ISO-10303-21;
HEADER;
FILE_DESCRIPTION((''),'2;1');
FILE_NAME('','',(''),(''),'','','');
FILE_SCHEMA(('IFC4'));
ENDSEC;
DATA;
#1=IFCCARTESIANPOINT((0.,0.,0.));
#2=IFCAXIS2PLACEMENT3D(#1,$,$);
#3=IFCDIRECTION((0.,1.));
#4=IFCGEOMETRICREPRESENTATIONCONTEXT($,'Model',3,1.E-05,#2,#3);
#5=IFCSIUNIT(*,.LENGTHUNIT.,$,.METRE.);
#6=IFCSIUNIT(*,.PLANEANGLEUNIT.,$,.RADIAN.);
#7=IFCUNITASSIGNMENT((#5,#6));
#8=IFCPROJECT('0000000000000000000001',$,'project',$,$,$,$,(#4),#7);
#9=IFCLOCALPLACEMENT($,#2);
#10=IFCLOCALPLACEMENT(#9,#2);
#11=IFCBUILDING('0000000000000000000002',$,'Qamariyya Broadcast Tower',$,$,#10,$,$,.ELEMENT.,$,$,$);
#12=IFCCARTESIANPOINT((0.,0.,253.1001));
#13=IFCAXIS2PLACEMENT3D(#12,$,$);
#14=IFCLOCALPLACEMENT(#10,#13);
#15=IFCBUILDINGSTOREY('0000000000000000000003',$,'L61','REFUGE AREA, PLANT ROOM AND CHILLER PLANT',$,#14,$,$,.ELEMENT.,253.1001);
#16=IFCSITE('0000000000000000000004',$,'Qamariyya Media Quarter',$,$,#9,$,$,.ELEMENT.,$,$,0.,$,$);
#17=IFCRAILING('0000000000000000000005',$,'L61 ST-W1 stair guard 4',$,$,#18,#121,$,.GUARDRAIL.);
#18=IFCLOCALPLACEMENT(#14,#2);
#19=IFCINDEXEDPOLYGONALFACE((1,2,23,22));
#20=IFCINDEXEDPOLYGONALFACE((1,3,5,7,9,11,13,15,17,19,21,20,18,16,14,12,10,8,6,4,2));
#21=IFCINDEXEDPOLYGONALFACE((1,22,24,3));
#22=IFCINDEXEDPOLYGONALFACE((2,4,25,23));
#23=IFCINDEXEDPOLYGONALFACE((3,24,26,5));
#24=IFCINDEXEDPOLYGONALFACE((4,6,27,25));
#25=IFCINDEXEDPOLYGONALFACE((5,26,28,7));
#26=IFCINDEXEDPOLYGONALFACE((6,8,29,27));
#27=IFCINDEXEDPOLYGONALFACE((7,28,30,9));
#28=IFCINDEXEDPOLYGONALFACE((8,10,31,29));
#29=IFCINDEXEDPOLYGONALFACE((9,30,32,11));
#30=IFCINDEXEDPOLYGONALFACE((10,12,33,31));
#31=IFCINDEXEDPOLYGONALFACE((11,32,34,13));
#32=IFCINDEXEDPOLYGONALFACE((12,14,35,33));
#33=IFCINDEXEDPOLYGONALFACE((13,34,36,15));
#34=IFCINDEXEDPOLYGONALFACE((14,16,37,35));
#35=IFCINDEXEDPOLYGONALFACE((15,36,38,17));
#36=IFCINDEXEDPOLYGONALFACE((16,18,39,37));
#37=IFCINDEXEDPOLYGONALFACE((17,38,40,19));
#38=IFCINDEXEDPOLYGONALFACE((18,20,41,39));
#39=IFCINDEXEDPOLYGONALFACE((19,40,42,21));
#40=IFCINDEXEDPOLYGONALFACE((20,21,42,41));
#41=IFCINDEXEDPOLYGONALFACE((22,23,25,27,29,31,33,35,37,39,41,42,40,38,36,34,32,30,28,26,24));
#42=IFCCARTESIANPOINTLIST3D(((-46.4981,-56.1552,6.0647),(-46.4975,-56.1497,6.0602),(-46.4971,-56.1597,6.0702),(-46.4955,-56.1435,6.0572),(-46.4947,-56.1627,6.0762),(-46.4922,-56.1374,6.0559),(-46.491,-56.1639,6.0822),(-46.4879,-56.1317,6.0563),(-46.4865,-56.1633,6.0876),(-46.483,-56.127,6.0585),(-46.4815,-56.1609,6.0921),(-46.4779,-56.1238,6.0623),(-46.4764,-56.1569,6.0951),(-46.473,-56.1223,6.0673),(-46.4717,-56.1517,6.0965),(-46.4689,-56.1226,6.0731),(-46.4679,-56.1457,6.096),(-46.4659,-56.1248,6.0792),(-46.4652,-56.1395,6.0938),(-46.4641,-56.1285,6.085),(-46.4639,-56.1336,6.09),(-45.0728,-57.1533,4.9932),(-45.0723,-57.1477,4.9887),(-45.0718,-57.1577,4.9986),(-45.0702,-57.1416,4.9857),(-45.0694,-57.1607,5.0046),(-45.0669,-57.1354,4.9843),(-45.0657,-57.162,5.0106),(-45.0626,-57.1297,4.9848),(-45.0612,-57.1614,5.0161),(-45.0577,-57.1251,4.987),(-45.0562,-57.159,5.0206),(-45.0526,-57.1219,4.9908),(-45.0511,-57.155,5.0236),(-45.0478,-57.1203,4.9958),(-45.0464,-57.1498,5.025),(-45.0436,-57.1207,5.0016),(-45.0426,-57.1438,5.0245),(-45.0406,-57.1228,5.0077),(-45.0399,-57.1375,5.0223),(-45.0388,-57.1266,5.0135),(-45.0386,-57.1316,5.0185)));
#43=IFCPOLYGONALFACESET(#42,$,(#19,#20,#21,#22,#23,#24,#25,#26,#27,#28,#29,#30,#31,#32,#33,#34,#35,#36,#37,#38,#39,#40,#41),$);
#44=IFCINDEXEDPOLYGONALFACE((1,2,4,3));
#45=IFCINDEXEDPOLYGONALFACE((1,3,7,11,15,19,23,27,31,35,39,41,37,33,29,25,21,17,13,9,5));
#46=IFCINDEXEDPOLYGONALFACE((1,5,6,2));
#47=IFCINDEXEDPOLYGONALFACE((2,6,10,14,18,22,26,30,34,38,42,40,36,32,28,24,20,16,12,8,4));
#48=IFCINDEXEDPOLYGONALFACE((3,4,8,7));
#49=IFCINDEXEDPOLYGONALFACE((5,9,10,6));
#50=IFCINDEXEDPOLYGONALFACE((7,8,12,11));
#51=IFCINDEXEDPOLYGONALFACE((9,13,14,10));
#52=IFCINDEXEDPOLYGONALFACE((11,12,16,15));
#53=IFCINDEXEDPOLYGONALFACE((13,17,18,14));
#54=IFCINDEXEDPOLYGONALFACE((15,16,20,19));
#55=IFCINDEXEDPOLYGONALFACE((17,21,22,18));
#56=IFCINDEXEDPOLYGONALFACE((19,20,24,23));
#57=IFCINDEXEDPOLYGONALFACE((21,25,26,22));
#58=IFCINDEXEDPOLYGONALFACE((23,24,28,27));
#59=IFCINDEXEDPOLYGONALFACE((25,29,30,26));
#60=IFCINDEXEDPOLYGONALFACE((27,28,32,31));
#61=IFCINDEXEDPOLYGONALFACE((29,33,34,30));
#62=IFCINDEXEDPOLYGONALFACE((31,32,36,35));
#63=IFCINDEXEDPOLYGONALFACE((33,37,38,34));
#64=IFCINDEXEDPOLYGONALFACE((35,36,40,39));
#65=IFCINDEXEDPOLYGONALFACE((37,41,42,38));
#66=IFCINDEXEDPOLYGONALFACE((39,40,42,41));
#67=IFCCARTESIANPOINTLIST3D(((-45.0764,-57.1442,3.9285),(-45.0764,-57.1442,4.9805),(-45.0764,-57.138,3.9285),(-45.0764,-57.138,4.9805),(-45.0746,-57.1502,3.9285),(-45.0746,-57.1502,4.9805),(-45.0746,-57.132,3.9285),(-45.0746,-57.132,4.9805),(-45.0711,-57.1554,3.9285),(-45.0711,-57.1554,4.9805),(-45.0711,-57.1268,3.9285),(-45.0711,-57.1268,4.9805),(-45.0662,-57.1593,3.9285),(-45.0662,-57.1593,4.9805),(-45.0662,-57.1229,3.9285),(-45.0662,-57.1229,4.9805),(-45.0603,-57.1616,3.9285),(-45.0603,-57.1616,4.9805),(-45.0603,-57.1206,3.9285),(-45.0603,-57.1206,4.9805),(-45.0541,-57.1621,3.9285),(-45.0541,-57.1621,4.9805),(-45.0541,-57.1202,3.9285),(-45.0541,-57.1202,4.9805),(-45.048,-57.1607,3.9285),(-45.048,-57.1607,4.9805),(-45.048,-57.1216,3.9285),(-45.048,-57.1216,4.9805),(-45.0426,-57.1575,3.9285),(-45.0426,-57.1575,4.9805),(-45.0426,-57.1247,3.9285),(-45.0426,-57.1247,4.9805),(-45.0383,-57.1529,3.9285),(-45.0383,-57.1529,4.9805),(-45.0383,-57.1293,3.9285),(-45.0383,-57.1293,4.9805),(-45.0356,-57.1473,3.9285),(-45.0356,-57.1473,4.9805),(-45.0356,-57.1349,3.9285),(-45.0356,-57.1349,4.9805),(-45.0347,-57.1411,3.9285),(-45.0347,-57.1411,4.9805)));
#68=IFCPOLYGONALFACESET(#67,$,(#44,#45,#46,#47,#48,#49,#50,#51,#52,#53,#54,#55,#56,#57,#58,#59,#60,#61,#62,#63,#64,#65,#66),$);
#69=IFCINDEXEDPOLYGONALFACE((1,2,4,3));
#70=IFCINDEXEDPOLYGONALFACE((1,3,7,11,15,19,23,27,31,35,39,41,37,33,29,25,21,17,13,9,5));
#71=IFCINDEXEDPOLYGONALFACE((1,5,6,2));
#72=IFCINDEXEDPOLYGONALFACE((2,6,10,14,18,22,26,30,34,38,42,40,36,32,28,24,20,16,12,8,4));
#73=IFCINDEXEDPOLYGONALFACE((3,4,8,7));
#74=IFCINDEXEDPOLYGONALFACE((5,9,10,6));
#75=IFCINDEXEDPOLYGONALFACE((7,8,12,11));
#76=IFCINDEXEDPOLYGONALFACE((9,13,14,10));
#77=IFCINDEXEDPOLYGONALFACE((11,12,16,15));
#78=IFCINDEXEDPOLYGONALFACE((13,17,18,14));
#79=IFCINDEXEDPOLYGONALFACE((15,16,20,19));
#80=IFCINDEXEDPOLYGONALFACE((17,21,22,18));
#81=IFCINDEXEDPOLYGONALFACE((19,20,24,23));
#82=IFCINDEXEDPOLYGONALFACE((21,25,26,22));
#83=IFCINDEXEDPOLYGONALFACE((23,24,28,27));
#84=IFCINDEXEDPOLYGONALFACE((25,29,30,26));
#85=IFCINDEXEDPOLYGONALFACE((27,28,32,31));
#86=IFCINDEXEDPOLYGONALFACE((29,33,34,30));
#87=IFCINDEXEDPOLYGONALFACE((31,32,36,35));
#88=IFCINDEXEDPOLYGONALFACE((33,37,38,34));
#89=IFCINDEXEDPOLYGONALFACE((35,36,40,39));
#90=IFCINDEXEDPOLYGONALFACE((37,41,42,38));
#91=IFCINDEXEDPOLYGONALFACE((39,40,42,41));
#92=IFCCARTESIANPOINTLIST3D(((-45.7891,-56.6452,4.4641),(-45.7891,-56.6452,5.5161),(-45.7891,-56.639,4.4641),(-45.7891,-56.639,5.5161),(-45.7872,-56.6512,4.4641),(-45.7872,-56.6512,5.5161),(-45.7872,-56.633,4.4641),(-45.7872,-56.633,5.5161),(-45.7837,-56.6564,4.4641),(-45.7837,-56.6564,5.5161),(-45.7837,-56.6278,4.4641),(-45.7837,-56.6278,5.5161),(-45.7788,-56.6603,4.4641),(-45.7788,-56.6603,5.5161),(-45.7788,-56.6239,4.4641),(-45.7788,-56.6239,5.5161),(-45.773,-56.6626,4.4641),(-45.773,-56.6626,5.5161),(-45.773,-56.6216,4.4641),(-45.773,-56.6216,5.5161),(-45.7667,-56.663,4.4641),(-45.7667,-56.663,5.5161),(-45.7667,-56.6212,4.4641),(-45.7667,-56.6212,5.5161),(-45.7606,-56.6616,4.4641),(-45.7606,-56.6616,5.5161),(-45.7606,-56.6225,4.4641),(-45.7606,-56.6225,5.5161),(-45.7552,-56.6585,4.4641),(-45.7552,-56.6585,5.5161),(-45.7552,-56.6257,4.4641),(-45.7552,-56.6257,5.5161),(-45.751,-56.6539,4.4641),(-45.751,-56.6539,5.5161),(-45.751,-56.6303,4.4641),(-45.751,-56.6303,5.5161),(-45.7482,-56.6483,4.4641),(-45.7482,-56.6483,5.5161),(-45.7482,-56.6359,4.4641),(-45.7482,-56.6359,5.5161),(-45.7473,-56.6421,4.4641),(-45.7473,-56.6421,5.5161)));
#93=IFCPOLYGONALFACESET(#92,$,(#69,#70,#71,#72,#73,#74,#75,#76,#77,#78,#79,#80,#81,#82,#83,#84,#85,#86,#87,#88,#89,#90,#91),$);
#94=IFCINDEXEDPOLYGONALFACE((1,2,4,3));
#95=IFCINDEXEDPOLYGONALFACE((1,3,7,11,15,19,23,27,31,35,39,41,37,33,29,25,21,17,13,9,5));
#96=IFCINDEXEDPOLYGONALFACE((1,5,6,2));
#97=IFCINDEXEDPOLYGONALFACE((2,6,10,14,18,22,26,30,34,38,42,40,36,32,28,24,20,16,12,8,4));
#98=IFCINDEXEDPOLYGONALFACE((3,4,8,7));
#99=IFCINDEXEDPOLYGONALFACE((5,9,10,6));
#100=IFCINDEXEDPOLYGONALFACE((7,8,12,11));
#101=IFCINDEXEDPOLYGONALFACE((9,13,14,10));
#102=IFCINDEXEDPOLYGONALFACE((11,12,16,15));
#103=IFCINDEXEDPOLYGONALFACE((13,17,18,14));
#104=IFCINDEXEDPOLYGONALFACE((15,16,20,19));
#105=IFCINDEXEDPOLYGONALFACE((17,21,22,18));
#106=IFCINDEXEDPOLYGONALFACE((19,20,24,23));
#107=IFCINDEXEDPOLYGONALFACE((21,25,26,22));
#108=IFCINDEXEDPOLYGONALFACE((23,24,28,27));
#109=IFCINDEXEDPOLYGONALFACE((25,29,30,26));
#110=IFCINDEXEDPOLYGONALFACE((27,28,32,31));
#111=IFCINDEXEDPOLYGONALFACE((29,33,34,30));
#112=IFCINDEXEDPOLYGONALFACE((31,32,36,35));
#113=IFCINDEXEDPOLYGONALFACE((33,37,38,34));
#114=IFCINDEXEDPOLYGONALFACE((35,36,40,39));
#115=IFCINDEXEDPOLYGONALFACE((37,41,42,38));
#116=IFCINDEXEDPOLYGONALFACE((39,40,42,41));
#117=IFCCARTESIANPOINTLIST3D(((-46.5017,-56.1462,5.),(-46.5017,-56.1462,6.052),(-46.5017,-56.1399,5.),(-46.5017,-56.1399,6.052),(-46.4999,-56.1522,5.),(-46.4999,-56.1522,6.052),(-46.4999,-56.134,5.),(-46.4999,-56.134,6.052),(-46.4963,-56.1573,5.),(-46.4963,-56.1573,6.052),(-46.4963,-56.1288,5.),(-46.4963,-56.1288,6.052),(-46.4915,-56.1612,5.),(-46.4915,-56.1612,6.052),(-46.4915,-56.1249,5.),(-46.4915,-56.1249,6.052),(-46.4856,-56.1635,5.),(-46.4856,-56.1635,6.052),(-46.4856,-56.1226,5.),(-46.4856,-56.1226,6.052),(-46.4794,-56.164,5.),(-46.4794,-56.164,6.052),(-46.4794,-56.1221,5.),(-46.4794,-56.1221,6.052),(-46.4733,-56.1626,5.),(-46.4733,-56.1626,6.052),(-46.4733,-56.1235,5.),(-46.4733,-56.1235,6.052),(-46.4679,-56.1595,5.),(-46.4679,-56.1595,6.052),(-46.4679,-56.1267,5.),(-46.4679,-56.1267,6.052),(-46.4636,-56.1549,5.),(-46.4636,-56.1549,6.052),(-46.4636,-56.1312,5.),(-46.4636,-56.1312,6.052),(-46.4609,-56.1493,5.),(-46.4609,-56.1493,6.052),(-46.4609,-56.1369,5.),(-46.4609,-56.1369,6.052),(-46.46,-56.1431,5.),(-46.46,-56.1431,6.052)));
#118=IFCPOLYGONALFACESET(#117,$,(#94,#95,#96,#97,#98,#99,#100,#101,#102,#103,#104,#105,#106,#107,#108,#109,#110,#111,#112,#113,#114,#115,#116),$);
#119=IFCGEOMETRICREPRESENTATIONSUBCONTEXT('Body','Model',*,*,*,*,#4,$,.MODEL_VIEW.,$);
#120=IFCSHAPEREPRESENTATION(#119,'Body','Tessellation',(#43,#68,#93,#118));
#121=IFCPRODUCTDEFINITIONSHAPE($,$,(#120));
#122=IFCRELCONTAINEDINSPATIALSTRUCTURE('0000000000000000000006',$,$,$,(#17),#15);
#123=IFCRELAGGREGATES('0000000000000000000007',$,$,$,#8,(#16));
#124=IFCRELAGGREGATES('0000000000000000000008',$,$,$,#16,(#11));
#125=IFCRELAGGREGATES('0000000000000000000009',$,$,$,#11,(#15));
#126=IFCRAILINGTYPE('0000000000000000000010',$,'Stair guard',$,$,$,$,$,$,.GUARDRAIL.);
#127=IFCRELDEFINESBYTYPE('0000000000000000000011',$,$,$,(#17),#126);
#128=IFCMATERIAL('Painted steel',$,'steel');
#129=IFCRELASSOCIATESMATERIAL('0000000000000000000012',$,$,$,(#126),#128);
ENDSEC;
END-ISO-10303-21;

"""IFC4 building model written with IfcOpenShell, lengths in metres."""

from ifc_helpers import new_model, si_unit, direction, frame, origin, origin_2d, place, context, subcontext, project, spatial, circle, extrude, material, type_object, element, save


model = new_model("IFC4")

# Units and contexts
model_context = context("Model", 3, precision=1e-05, world=origin(), true_north=direction((0.0, 1.0)))
body_context = subcontext(model_context, "Body", "Model", "MODEL_VIEW")
ifc_project = project(units=[si_unit("LENGTHUNIT", "METRE"), si_unit("PLANEANGLEUNIT", "RADIAN")], contexts=[model_context])

# Site, building, storey
site_placement = place(None, origin())
site = spatial("IfcSite", under=ifc_project, at=site_placement, Name="Qamariyya Media Quarter", CompositionType="ELEMENT", RefElevation=0.0)
building_placement = place(site_placement, origin())
building = spatial("IfcBuilding", under=site, at=building_placement, Name="Qamariyya Broadcast Tower", CompositionType="ELEMENT")
storey_placement = place(building_placement, frame((0.0, 0.0, 253.1001)))
storey = spatial("IfcBuildingStorey", under=building, at=storey_placement, Name="L61", Description="REFUGE AREA, PLANT ROOM AND CHILLER PLANT", CompositionType="ELEMENT", Elevation=253.1001)

# Railing
ifc_material_1 = material(Name="Painted steel", Category="steel")
railing_type_1 = type_object("IfcRailingType", Name="Stair guard", PredefinedType="GUARDRAIL", material=ifc_material_1)
railing_1_placement = place(storey_placement, frame((-45.0557, -57.1411, 3.9285)))
element("IfcRailing", 1, at=railing_1_placement, inside=storey, type_object=railing_type_1, Name="L61 ST-W1 stair guard 4", PredefinedType="GUARDRAIL", context=body_context, shape_type="SweptSolid", body=[
    extrude(circle(Radius=0.0239, at=origin_2d()), frame((0.0, 0.0, 1.0762), z_axis=(-0.697489, 0.48841, 0.524371), x_axis=(-0.573594, -0.81914, 0.0)), (0.0, 0.0, 1.0), 2.0435),
    extrude(circle(Radius=0.021, at=origin_2d()), origin(), (0.0, 0.0, 1.0), 1.052),
    extrude(circle(Radius=0.021, at=origin_2d()), frame((-0.7126, 0.499, 0.5356)), (0.0, 0.0, 1.0), 1.052),
    extrude(circle(Radius=0.021, at=origin_2d()), frame((-1.4253, 0.998, 1.0715)), (0.0, 0.0, 1.0), 1.052),
])

save(model, "model.ifc")
